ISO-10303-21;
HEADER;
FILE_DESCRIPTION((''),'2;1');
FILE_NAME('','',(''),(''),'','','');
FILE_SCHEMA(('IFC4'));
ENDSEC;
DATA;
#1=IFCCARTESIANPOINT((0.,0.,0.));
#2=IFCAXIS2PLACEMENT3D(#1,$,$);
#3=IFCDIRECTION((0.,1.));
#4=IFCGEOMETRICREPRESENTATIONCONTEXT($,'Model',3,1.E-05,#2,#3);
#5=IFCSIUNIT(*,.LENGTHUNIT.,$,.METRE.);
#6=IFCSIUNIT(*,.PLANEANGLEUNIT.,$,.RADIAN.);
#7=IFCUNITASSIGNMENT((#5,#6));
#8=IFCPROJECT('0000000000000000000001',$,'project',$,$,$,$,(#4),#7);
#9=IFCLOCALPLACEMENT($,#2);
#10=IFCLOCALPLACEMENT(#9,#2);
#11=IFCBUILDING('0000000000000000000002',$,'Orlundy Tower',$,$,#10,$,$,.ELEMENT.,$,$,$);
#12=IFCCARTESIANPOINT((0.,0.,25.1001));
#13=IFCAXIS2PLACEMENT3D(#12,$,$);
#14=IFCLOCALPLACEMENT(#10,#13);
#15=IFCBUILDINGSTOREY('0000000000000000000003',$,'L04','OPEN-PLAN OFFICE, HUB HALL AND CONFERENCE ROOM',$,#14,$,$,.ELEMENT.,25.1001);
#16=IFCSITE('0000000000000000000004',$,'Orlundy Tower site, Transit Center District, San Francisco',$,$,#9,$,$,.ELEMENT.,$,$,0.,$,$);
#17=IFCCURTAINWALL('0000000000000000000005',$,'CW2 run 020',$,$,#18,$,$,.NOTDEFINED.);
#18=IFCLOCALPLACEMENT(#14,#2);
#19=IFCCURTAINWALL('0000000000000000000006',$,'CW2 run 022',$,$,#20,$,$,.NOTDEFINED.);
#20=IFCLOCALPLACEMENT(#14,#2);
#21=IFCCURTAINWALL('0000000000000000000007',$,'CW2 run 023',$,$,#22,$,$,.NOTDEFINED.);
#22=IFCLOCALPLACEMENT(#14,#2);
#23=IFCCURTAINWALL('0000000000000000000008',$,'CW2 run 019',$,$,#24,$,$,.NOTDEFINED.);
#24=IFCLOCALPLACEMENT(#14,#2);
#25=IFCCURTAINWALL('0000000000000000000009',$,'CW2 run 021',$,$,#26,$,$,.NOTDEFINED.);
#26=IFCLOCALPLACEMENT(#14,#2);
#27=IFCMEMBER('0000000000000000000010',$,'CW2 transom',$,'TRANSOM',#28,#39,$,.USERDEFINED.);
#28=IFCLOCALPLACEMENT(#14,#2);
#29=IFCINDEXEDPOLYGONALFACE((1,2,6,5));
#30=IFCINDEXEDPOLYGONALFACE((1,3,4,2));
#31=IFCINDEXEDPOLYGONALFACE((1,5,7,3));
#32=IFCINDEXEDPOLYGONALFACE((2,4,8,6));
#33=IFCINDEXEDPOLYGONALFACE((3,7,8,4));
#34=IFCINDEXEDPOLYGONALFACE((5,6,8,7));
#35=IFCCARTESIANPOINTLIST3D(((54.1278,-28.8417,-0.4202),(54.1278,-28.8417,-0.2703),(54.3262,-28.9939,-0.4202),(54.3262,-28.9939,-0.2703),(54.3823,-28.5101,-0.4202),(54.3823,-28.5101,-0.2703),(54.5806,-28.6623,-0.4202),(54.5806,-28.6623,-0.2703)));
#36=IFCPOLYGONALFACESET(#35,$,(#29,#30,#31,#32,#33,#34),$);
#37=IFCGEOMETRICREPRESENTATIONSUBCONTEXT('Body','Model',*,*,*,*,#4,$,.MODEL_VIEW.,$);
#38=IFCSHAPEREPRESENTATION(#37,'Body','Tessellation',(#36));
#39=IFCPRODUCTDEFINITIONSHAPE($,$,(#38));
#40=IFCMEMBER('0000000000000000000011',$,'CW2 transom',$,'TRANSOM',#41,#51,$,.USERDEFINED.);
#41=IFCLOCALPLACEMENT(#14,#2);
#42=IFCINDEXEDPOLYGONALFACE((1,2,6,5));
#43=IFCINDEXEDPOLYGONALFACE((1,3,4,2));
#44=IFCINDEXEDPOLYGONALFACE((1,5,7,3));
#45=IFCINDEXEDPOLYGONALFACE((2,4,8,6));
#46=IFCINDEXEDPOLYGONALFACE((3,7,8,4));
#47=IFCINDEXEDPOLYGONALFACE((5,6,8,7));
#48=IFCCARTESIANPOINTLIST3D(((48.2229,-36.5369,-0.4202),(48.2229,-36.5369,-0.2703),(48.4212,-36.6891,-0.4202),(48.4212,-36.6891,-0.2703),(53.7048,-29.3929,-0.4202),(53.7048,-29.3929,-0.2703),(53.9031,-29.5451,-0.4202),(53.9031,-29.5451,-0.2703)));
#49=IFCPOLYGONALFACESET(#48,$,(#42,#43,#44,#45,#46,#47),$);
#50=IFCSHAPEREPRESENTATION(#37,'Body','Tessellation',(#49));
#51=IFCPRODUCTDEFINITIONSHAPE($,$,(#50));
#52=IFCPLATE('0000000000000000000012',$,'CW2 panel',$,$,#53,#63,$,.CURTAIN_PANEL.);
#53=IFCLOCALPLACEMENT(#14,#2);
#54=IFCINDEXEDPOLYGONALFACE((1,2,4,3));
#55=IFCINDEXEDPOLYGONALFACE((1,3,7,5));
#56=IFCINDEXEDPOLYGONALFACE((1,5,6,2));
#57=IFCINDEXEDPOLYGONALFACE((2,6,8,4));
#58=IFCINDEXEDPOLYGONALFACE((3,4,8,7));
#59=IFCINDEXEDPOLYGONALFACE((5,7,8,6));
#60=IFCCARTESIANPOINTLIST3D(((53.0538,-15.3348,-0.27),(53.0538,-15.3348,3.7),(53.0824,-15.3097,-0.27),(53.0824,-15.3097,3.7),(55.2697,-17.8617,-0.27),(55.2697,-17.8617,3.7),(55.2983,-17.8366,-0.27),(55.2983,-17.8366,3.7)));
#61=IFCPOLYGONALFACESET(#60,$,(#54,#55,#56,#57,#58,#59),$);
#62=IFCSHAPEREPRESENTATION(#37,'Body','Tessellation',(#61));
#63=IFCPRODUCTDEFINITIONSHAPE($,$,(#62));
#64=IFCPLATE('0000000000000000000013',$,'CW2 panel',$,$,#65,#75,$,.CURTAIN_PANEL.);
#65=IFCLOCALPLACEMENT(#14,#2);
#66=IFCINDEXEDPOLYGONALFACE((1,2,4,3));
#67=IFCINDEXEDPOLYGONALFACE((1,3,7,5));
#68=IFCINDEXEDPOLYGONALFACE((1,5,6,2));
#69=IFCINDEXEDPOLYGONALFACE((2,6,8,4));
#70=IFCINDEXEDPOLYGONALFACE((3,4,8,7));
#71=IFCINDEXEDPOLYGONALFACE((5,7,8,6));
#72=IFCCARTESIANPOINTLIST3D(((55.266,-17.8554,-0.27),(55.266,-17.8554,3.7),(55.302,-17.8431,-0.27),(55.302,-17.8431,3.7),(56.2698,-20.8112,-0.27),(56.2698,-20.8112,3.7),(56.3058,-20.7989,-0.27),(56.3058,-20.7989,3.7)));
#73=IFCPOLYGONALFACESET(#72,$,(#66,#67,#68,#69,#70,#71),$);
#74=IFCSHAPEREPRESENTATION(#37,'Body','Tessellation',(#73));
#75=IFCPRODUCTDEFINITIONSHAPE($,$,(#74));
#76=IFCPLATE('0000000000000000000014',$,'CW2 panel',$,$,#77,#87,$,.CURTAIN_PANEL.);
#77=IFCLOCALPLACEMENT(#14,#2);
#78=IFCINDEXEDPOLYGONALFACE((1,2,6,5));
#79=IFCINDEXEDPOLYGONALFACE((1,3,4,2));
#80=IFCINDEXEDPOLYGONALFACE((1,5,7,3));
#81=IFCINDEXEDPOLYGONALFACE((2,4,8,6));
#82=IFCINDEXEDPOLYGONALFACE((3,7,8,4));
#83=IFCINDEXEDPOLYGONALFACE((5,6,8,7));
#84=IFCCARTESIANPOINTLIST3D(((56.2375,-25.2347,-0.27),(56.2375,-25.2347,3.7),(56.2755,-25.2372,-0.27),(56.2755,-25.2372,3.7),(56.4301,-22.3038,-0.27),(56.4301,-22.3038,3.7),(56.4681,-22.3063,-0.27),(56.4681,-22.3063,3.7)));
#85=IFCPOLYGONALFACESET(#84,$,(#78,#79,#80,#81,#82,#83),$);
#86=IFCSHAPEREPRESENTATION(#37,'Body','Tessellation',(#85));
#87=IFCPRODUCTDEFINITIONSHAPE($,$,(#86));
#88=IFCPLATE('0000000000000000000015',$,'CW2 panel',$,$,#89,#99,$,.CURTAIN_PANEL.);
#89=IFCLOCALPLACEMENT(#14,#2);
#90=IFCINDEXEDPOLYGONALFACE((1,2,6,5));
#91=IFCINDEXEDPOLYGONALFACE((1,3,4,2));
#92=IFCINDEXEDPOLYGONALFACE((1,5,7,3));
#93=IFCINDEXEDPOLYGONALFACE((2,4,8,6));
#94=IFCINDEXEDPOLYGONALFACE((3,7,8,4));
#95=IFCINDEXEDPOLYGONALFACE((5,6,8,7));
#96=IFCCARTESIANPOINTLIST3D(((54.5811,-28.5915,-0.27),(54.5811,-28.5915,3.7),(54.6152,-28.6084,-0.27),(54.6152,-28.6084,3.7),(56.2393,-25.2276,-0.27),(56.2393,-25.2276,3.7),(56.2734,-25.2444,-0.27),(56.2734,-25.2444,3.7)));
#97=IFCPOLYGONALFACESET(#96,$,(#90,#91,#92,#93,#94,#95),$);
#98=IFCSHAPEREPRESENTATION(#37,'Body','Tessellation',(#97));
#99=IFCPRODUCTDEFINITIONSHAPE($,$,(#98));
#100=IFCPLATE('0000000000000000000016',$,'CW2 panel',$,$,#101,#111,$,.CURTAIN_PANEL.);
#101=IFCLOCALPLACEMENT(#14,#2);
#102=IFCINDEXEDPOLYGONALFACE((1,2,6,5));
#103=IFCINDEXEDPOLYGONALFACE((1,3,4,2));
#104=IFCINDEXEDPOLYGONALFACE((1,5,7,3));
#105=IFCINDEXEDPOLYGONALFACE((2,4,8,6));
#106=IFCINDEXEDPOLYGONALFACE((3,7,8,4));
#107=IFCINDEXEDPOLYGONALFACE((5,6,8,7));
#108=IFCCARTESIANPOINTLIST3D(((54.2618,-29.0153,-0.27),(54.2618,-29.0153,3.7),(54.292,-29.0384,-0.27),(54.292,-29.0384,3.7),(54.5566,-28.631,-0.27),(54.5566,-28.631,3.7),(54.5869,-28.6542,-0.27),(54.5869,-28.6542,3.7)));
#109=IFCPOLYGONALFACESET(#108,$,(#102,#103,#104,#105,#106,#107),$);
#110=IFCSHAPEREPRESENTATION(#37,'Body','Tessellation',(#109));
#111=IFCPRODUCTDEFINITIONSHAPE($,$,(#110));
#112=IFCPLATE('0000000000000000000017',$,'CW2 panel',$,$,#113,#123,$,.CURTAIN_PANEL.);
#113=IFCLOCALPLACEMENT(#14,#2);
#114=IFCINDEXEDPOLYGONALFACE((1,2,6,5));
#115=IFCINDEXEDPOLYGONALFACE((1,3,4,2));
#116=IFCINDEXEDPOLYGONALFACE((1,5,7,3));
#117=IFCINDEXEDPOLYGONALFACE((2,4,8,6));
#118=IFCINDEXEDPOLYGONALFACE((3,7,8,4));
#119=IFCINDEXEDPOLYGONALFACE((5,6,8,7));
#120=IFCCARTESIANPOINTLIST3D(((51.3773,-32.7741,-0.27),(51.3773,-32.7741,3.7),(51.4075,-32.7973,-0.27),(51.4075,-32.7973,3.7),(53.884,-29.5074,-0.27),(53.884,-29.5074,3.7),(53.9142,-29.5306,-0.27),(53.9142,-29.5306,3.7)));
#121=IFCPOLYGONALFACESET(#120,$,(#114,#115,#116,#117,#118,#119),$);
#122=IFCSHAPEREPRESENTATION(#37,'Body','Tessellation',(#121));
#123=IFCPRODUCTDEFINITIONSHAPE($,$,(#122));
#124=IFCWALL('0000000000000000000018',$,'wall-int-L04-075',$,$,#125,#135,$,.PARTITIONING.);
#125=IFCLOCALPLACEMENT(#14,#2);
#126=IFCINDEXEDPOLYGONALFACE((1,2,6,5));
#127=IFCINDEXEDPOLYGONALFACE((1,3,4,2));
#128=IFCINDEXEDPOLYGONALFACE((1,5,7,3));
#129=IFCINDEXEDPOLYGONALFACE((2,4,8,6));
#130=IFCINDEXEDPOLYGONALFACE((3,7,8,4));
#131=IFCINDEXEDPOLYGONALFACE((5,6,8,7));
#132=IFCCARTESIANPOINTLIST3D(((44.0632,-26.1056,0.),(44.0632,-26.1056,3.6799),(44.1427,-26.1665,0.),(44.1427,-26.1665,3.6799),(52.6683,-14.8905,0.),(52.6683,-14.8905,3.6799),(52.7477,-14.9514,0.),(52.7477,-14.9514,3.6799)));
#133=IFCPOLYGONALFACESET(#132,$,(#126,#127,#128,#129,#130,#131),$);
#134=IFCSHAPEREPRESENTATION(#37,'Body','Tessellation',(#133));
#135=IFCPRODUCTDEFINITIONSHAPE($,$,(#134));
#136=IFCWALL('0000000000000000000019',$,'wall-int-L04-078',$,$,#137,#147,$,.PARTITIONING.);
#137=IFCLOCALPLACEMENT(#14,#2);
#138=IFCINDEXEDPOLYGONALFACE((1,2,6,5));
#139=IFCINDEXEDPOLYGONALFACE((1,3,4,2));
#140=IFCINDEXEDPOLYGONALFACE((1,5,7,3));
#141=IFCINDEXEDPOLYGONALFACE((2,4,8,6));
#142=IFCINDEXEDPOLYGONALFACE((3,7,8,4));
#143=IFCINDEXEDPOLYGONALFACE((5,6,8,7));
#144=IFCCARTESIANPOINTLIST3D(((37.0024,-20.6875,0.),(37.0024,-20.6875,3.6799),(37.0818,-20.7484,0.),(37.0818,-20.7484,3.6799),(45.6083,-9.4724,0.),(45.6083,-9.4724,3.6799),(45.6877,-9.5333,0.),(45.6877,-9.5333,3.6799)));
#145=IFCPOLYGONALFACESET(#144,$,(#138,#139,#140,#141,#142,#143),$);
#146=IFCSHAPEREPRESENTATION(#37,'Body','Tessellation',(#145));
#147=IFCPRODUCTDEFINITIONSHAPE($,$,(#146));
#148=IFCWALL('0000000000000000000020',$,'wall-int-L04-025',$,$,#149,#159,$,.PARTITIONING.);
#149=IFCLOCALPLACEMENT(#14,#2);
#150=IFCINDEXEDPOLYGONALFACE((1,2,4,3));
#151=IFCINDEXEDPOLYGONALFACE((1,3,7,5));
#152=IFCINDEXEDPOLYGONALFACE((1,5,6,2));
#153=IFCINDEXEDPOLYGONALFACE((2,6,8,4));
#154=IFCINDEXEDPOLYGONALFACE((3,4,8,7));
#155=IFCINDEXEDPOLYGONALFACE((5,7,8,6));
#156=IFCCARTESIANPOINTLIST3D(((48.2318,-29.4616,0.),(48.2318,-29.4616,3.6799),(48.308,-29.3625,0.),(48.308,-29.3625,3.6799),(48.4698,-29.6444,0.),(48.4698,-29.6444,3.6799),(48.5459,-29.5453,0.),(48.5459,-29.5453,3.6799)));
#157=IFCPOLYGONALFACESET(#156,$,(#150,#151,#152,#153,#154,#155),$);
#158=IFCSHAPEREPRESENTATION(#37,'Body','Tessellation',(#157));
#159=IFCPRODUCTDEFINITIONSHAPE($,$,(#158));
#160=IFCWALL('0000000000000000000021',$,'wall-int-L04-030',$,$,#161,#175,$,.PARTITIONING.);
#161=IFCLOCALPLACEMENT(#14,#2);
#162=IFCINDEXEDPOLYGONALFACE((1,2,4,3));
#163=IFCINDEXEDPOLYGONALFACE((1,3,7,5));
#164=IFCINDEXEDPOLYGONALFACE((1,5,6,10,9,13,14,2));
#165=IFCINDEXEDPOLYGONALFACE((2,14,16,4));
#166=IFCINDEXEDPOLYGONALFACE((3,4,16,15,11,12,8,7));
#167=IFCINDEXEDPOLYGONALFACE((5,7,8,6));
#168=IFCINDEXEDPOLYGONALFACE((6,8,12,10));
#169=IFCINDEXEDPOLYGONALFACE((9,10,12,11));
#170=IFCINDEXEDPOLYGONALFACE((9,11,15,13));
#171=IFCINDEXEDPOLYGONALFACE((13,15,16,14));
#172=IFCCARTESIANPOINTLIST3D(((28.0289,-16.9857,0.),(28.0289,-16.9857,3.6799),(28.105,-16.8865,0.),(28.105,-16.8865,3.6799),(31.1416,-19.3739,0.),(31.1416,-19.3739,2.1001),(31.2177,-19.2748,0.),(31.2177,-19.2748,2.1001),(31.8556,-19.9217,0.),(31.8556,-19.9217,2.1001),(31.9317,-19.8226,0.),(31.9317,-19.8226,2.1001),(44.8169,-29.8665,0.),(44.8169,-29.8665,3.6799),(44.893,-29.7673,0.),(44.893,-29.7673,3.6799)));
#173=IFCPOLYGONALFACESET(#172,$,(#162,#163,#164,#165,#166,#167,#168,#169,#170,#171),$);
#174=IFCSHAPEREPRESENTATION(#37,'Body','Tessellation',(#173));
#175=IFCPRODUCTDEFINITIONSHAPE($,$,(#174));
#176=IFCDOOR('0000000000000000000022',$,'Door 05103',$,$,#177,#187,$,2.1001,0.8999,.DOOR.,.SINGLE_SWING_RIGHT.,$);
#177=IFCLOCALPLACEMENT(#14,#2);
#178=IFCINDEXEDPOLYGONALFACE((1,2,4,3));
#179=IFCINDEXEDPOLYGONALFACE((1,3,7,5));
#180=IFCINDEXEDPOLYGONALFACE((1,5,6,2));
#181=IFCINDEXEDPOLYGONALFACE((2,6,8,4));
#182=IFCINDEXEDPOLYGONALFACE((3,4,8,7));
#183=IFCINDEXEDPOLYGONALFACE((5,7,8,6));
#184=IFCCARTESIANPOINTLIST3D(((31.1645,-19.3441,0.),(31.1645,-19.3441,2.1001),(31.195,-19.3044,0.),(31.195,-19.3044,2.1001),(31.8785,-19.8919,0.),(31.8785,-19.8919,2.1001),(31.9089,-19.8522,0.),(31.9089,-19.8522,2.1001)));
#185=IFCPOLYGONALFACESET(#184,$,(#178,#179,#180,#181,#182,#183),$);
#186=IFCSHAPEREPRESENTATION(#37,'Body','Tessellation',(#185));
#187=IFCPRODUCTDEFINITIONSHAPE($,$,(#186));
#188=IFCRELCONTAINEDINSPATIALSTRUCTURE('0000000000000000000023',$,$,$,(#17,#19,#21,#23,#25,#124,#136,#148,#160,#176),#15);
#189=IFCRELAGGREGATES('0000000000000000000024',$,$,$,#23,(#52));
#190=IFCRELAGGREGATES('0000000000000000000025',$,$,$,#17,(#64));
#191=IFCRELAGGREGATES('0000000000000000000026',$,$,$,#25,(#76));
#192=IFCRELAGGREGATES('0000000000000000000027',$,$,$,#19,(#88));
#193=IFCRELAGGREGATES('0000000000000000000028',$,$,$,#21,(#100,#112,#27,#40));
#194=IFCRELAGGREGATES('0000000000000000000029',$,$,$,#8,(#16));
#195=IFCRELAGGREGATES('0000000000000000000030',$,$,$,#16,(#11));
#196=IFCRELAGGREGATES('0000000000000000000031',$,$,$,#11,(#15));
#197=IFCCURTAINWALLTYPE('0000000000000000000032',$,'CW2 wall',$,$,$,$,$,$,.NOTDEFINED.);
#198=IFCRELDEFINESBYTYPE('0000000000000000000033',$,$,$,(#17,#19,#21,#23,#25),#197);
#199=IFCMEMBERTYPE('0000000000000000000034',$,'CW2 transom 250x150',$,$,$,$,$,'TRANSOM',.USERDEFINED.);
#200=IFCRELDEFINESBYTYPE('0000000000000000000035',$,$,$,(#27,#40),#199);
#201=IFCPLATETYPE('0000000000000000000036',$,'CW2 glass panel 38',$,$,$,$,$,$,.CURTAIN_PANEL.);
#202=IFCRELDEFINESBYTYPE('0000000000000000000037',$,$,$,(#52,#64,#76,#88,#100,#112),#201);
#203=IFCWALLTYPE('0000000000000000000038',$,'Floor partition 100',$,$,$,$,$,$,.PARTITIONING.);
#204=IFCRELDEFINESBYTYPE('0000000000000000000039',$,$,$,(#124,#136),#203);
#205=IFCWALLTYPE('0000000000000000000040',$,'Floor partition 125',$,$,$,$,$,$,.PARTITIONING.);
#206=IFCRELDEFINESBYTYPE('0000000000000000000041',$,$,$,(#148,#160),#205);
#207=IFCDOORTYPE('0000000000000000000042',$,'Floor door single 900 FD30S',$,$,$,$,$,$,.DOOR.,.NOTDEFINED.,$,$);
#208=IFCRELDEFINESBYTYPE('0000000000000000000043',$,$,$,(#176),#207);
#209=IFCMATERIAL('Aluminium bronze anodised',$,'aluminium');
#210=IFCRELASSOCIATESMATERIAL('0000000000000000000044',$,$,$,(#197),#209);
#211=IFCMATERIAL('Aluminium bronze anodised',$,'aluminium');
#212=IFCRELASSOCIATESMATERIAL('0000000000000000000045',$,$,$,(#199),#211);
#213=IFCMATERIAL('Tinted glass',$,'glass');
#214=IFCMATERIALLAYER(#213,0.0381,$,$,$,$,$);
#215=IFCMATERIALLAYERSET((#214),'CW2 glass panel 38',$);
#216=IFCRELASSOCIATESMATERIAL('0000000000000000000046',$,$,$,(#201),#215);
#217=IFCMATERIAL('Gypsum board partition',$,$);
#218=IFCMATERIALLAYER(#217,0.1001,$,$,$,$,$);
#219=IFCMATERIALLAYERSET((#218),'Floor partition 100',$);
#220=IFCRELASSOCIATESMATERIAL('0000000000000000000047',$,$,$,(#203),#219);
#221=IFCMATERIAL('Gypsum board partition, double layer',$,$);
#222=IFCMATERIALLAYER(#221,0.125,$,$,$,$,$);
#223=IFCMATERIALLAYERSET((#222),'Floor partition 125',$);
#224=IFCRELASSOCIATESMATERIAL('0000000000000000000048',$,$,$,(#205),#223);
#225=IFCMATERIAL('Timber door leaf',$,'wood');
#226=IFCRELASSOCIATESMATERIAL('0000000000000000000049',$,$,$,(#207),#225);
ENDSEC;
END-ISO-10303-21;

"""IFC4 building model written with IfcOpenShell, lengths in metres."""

from ifc_helpers import new_model, si_unit, direction, frame, frame_2d, origin, origin_2d, place, context, subcontext, project, spatial, rectangle, extrude, material, layer, layer_set, material_profile, profile_set, type_object, element, fill, aggregate, save


model = new_model("IFC4")

# Units and contexts
model_context = context("Model", 3, precision=1e-05, world=origin(), true_north=direction((0.0, 1.0)))
body_context = subcontext(model_context, "Body", "Model", "MODEL_VIEW")
ifc_project = project(units=[si_unit("LENGTHUNIT", "METRE"), si_unit("PLANEANGLEUNIT", "RADIAN")], contexts=[model_context])

# Site, building, storey
site_placement = place(None, origin())
site = spatial("IfcSite", under=ifc_project, at=site_placement, Name="Orlundy Tower site, Transit Center District, San Francisco", CompositionType="ELEMENT", RefElevation=0.0)
building_placement = place(site_placement, origin())
building = spatial("IfcBuilding", under=site, at=building_placement, Name="Orlundy Tower", CompositionType="ELEMENT")
storey_placement = place(building_placement, frame((0.0, 0.0, 25.1001)))
storey = spatial("IfcBuildingStorey", under=building, at=storey_placement, Name="L04", Description="OPEN-PLAN OFFICE, HUB HALL AND CONFERENCE ROOM", CompositionType="ELEMENT", Elevation=25.1001)

# Curtain walls
ifc_material_1 = material(Name="Aluminium bronze anodised", Category="aluminium")
curtain_wall_type = type_object("IfcCurtainWallType", Name="CW2 wall", PredefinedType="NOTDEFINED", material=ifc_material_1)
curtain_wall_1_placement = place(storey_placement, origin())
curtain_wall_1 = element("IfcCurtainWall", 1, at=curtain_wall_1_placement, inside=storey, type_object=curtain_wall_type, Name="CW2 run 020", PredefinedType="NOTDEFINED")
curtain_wall_2_placement = place(storey_placement, origin())
curtain_wall_2 = element("IfcCurtainWall", 2, at=curtain_wall_2_placement, inside=storey, type_object=curtain_wall_type, Name="CW2 run 022", PredefinedType="NOTDEFINED")
curtain_wall_3_placement = place(storey_placement, origin())
curtain_wall_3 = element("IfcCurtainWall", 3, at=curtain_wall_3_placement, inside=storey, type_object=curtain_wall_type, Name="CW2 run 023", PredefinedType="NOTDEFINED")
curtain_wall_4_placement = place(storey_placement, origin())
curtain_wall_4 = element("IfcCurtainWall", 4, at=curtain_wall_4_placement, inside=storey, type_object=curtain_wall_type, Name="CW2 run 019", PredefinedType="NOTDEFINED")
ifc_material_2 = material(Name="Aluminium bronze anodised", Category="aluminium")
ifc_material_profile_1 = material_profile(ifc_material_2, rectangle(XDim=0.25, YDim=0.1499, at=origin_2d()), Name="CW2 transom 250x150")
ifc_profile_set_1 = profile_set([ifc_material_profile_1], Name="Aluminium bronze anodised")
member_type_1 = type_object("IfcMemberType", Name="CW2 transom 250x150", ElementType="TRANSOM", PredefinedType="USERDEFINED", material=ifc_profile_set_1)

# Curtain wall
curtain_wall_5_placement = place(storey_placement, origin())
curtain_wall_5 = element("IfcCurtainWall", 5, at=curtain_wall_5_placement, inside=storey, type_object=curtain_wall_type, Name="CW2 run 021", PredefinedType="NOTDEFINED")

# Members
member_1_placement = place(storey_placement, frame((54.4814, -28.5862, -0.3452), z_axis=(-0.60875, -0.793362, 0.0), x_axis=(0.793362, -0.60875, 0.0)))
member_1 = element("IfcMember", 6, at=member_1_placement, type_object=member_type_1, Name="CW2 transom", ObjectType="TRANSOM", PredefinedType="USERDEFINED", context=body_context, shape_type="SweptSolid", body=[
    extrude(rectangle(XDim=0.25, YDim=0.1499, at=origin_2d()), origin(), (0.0, 0.0, 1.0), 0.418),
])
member_2_placement = place(storey_placement, frame((53.804, -29.469, -0.3452), z_axis=(-0.60877, -0.793347, 0.0), x_axis=(0.793347, -0.60877, 0.0)))
member_2 = element("IfcMember", 7, at=member_2_placement, type_object=member_type_1, Name="CW2 transom", ObjectType="TRANSOM", PredefinedType="USERDEFINED", context=body_context, shape_type="SweptSolid", body=[
    extrude(rectangle(XDim=0.25, YDim=0.1499, at=origin_2d()), origin(), (0.0, 0.0, 1.0), 9.0049),
])

# Plates
ifc_material_3 = material(Name="Tinted glass", Category="glass")
ifc_layer_1 = layer(ifc_material_3, 0.0381)
ifc_layer_set_1 = layer_set([ifc_layer_1], Name="CW2 glass panel 38")
plate_type = type_object("IfcPlateType", Name="CW2 glass panel 38", PredefinedType="CURTAIN_PANEL", material=ifc_layer_set_1)
plate_1_placement = place(storey_placement, frame((54.176, -16.5857, -0.27), z_axis=(0.0, 0.0, 1.0), x_axis=(0.659325, -0.751858, 0.0)))
plate_1 = element("IfcPlate", 8, at=plate_1_placement, type_object=plate_type, Name="CW2 panel", PredefinedType="CURTAIN_PANEL", context=body_context, shape_type="SweptSolid", body=[
    extrude(rectangle(XDim=3.3608, YDim=0.0381, at=origin_2d()), origin(), (0.0, 0.0, 1.0), 3.97),
])
aggregate(curtain_wall_4, [plate_1])
plate_2_placement = place(storey_placement, frame((55.7859, -19.3271, -0.27), z_axis=(0.0, 0.0, 1.0), x_axis=(0.321564, -0.946888, 0.0)))
plate_2 = element("IfcPlate", 9, at=plate_2_placement, type_object=plate_type, Name="CW2 panel", PredefinedType="CURTAIN_PANEL", context=body_context, shape_type="SweptSolid", body=[
    extrude(rectangle(XDim=3.1216, YDim=0.0381, at=origin_2d()), origin(), (0.0, 0.0, 1.0), 3.97),
])
aggregate(curtain_wall_1, [plate_2])
plate_3_placement = place(storey_placement, frame((56.3528, -23.7705, -0.27), z_axis=(0.0, 0.0, 1.0), x_axis=(-0.06557, -0.997848, 0.0)))
plate_3 = element("IfcPlate", 10, at=plate_3_placement, type_object=plate_type, Name="CW2 panel", PredefinedType="CURTAIN_PANEL", context=body_context, shape_type="SweptSolid", body=[
    extrude(rectangle(XDim=2.9373, YDim=0.0381, at=origin_2d()), origin(), (0.0, 0.0, 1.0), 3.97),
])
aggregate(curtain_wall_5, [plate_3])
plate_4_placement = place(storey_placement, frame((55.4272, -26.918, -0.27), z_axis=(0.0, 0.0, 1.0), x_axis=(-0.442135, -0.896949, 0.0)))
plate_4 = element("IfcPlate", 11, at=plate_4_placement, type_object=plate_type, Name="CW2 panel", PredefinedType="CURTAIN_PANEL", context=body_context, shape_type="SweptSolid", body=[
    extrude(rectangle(XDim=3.7505, YDim=0.0381, at=origin_2d()), origin(), (0.0, 0.0, 1.0), 3.97),
])
aggregate(curtain_wall_2, [plate_4])
plate_5_placement = place(storey_placement, frame((54.4243, -28.8347, -0.27), z_axis=(0.0, 0.0, 1.0), x_axis=(-0.608771, -0.793346, 0.0)))
plate_5 = element("IfcPlate", 12, at=plate_5_placement, type_object=plate_type, Name="CW2 panel", PredefinedType="CURTAIN_PANEL", context=body_context, shape_type="SweptSolid", body=[
    extrude(rectangle(XDim=0.4844, YDim=0.0381, at=origin_2d()), origin(), (0.0, 0.0, 1.0), 3.97),
])
plate_6_placement = place(storey_placement, frame((52.6458, -31.1523, -0.27), z_axis=(0.0, 0.0, 1.0), x_axis=(-0.608771, -0.793346, 0.0)))
plate_6 = element("IfcPlate", 13, at=plate_6_placement, type_object=plate_type, Name="CW2 panel", PredefinedType="CURTAIN_PANEL", context=body_context, shape_type="SweptSolid", body=[
    extrude(rectangle(XDim=4.1177, YDim=0.0381, at=origin_2d()), origin(), (0.0, 0.0, 1.0), 3.97),
])
aggregate(curtain_wall_3, [plate_5, plate_6, member_1, member_2])

# Walls
ifc_material_4 = material(Name="Gypsum board partition")
ifc_layer_2 = layer(ifc_material_4, 0.1001)
ifc_layer_set_2 = layer_set([ifc_layer_2], Name="Floor partition 100")
wall_type_1 = type_object("IfcWallType", Name="Floor partition 100", PredefinedType="PARTITIONING", material=ifc_layer_set_2)
wall_1_placement = place(storey_placement, frame((44.103, -26.136, 0.0), z_axis=(0.0, 0.0, 1.0), x_axis=(0.608732, 0.793376, 0.0)))
element("IfcWall", 14, at=wall_1_placement, inside=storey, type_object=wall_type_1, Name="wall-int-L04-075", PredefinedType="PARTITIONING", context=body_context, shape_type="SweptSolid", body=[
    extrude(rectangle(XDim=14.136, YDim=0.1001, at=frame_2d((7.0679, 0.0))), origin(), (0.0, 0.0, 1.0), 3.6799),
])
wall_2_placement = place(storey_placement, frame((37.042, -20.718, 0.0), z_axis=(0.0, 0.0, 1.0), x_axis=(0.608776, 0.793342, 0.0)))
element("IfcWall", 15, at=wall_2_placement, inside=storey, type_object=wall_type_1, Name="wall-int-L04-078", PredefinedType="PARTITIONING", context=body_context, shape_type="SweptSolid", body=[
    extrude(rectangle(XDim=14.1365, YDim=0.1001, at=frame_2d((7.0684, 0.0))), origin(), (0.0, 0.0, 1.0), 3.6799),
])
ifc_material_5 = material(Name="Gypsum board partition, double layer")
ifc_layer_3 = layer(ifc_material_5, 0.125)
ifc_layer_set_3 = layer_set([ifc_layer_3], Name="Floor partition 125")
wall_type_2 = type_object("IfcWallType", Name="Floor partition 125", PredefinedType="PARTITIONING", material=ifc_layer_set_3)
wall_3_placement = place(storey_placement, frame((48.27, -29.4121, 0.0), z_axis=(0.0, 0.0, 1.0), x_axis=(0.793017, -0.6092, 0.0)))
element("IfcWall", 16, at=wall_3_placement, inside=storey, type_object=wall_type_2, Name="wall-int-L04-025", PredefinedType="PARTITIONING", context=body_context, shape_type="SweptSolid", body=[
    extrude(rectangle(XDim=0.3, YDim=0.125, at=frame_2d((0.1499, 0.0))), origin(), (0.0, 0.0, 1.0), 3.6799),
])

# Wall, opening, door
wall_4_placement = place(storey_placement, frame((44.855, -29.8169, 0.0), z_axis=(0.0, 0.0, 1.0), x_axis=(-0.793378, 0.608729, 0.0)))
wall_4 = element("IfcWall", 17, at=wall_4_placement, inside=storey, type_object=wall_type_2, Name="wall-int-L04-030", PredefinedType="PARTITIONING", context=body_context, shape_type="SweptSolid", body=[
    extrude(rectangle(XDim=21.1602, YDim=0.125, at=frame_2d((10.5801, 0.0))), origin(), (0.0, 0.0, 1.0), 3.6799),
])
opening_1_placement = place(wall_4_placement, frame((16.3369, 0.0, 0.0)))
opening_1 = element("IfcOpeningElement", 18, at=opening_1_placement, cuts=wall_4, PredefinedType="OPENING", context=body_context, shape_type="SweptSolid", body=[
    extrude(rectangle(XDim=0.8999, YDim=2.1001, at=frame_2d((0.45, 1.05))), frame((0.0, 0.0725, 0.0), z_axis=(0.0, -1.0, 0.0), x_axis=(1.0, 0.0, 0.0)), (0.0, 0.0, 1.0), 0.145),
])
ifc_material_6 = material(Name="Timber door leaf", Category="wood")
door_type = type_object("IfcDoorType", Name="Floor door single 900 FD30S", OperationType="NOTDEFINED", PredefinedType="DOOR", material=ifc_material_6)
door_1_placement = place(opening_1_placement, origin())
door_1 = element("IfcDoor", 19, at=door_1_placement, inside=storey, type_object=door_type, Name="Door 05103", OperationType="SINGLE_SWING_RIGHT", OverallHeight=2.1001, OverallWidth=0.8999, PredefinedType="DOOR", context=body_context, shape_type="SweptSolid", body=[
    extrude(rectangle(XDim=0.8999, YDim=2.1001, at=frame_2d((0.45, 1.05))), frame((0.0, 0.0249, 0.0), z_axis=(0.0, -1.0, 0.0), x_axis=(1.0, 0.0, 0.0)), (0.0, 0.0, 1.0), 0.05),
])
fill(opening_1, door_1)

save(model, "model.ifc")
